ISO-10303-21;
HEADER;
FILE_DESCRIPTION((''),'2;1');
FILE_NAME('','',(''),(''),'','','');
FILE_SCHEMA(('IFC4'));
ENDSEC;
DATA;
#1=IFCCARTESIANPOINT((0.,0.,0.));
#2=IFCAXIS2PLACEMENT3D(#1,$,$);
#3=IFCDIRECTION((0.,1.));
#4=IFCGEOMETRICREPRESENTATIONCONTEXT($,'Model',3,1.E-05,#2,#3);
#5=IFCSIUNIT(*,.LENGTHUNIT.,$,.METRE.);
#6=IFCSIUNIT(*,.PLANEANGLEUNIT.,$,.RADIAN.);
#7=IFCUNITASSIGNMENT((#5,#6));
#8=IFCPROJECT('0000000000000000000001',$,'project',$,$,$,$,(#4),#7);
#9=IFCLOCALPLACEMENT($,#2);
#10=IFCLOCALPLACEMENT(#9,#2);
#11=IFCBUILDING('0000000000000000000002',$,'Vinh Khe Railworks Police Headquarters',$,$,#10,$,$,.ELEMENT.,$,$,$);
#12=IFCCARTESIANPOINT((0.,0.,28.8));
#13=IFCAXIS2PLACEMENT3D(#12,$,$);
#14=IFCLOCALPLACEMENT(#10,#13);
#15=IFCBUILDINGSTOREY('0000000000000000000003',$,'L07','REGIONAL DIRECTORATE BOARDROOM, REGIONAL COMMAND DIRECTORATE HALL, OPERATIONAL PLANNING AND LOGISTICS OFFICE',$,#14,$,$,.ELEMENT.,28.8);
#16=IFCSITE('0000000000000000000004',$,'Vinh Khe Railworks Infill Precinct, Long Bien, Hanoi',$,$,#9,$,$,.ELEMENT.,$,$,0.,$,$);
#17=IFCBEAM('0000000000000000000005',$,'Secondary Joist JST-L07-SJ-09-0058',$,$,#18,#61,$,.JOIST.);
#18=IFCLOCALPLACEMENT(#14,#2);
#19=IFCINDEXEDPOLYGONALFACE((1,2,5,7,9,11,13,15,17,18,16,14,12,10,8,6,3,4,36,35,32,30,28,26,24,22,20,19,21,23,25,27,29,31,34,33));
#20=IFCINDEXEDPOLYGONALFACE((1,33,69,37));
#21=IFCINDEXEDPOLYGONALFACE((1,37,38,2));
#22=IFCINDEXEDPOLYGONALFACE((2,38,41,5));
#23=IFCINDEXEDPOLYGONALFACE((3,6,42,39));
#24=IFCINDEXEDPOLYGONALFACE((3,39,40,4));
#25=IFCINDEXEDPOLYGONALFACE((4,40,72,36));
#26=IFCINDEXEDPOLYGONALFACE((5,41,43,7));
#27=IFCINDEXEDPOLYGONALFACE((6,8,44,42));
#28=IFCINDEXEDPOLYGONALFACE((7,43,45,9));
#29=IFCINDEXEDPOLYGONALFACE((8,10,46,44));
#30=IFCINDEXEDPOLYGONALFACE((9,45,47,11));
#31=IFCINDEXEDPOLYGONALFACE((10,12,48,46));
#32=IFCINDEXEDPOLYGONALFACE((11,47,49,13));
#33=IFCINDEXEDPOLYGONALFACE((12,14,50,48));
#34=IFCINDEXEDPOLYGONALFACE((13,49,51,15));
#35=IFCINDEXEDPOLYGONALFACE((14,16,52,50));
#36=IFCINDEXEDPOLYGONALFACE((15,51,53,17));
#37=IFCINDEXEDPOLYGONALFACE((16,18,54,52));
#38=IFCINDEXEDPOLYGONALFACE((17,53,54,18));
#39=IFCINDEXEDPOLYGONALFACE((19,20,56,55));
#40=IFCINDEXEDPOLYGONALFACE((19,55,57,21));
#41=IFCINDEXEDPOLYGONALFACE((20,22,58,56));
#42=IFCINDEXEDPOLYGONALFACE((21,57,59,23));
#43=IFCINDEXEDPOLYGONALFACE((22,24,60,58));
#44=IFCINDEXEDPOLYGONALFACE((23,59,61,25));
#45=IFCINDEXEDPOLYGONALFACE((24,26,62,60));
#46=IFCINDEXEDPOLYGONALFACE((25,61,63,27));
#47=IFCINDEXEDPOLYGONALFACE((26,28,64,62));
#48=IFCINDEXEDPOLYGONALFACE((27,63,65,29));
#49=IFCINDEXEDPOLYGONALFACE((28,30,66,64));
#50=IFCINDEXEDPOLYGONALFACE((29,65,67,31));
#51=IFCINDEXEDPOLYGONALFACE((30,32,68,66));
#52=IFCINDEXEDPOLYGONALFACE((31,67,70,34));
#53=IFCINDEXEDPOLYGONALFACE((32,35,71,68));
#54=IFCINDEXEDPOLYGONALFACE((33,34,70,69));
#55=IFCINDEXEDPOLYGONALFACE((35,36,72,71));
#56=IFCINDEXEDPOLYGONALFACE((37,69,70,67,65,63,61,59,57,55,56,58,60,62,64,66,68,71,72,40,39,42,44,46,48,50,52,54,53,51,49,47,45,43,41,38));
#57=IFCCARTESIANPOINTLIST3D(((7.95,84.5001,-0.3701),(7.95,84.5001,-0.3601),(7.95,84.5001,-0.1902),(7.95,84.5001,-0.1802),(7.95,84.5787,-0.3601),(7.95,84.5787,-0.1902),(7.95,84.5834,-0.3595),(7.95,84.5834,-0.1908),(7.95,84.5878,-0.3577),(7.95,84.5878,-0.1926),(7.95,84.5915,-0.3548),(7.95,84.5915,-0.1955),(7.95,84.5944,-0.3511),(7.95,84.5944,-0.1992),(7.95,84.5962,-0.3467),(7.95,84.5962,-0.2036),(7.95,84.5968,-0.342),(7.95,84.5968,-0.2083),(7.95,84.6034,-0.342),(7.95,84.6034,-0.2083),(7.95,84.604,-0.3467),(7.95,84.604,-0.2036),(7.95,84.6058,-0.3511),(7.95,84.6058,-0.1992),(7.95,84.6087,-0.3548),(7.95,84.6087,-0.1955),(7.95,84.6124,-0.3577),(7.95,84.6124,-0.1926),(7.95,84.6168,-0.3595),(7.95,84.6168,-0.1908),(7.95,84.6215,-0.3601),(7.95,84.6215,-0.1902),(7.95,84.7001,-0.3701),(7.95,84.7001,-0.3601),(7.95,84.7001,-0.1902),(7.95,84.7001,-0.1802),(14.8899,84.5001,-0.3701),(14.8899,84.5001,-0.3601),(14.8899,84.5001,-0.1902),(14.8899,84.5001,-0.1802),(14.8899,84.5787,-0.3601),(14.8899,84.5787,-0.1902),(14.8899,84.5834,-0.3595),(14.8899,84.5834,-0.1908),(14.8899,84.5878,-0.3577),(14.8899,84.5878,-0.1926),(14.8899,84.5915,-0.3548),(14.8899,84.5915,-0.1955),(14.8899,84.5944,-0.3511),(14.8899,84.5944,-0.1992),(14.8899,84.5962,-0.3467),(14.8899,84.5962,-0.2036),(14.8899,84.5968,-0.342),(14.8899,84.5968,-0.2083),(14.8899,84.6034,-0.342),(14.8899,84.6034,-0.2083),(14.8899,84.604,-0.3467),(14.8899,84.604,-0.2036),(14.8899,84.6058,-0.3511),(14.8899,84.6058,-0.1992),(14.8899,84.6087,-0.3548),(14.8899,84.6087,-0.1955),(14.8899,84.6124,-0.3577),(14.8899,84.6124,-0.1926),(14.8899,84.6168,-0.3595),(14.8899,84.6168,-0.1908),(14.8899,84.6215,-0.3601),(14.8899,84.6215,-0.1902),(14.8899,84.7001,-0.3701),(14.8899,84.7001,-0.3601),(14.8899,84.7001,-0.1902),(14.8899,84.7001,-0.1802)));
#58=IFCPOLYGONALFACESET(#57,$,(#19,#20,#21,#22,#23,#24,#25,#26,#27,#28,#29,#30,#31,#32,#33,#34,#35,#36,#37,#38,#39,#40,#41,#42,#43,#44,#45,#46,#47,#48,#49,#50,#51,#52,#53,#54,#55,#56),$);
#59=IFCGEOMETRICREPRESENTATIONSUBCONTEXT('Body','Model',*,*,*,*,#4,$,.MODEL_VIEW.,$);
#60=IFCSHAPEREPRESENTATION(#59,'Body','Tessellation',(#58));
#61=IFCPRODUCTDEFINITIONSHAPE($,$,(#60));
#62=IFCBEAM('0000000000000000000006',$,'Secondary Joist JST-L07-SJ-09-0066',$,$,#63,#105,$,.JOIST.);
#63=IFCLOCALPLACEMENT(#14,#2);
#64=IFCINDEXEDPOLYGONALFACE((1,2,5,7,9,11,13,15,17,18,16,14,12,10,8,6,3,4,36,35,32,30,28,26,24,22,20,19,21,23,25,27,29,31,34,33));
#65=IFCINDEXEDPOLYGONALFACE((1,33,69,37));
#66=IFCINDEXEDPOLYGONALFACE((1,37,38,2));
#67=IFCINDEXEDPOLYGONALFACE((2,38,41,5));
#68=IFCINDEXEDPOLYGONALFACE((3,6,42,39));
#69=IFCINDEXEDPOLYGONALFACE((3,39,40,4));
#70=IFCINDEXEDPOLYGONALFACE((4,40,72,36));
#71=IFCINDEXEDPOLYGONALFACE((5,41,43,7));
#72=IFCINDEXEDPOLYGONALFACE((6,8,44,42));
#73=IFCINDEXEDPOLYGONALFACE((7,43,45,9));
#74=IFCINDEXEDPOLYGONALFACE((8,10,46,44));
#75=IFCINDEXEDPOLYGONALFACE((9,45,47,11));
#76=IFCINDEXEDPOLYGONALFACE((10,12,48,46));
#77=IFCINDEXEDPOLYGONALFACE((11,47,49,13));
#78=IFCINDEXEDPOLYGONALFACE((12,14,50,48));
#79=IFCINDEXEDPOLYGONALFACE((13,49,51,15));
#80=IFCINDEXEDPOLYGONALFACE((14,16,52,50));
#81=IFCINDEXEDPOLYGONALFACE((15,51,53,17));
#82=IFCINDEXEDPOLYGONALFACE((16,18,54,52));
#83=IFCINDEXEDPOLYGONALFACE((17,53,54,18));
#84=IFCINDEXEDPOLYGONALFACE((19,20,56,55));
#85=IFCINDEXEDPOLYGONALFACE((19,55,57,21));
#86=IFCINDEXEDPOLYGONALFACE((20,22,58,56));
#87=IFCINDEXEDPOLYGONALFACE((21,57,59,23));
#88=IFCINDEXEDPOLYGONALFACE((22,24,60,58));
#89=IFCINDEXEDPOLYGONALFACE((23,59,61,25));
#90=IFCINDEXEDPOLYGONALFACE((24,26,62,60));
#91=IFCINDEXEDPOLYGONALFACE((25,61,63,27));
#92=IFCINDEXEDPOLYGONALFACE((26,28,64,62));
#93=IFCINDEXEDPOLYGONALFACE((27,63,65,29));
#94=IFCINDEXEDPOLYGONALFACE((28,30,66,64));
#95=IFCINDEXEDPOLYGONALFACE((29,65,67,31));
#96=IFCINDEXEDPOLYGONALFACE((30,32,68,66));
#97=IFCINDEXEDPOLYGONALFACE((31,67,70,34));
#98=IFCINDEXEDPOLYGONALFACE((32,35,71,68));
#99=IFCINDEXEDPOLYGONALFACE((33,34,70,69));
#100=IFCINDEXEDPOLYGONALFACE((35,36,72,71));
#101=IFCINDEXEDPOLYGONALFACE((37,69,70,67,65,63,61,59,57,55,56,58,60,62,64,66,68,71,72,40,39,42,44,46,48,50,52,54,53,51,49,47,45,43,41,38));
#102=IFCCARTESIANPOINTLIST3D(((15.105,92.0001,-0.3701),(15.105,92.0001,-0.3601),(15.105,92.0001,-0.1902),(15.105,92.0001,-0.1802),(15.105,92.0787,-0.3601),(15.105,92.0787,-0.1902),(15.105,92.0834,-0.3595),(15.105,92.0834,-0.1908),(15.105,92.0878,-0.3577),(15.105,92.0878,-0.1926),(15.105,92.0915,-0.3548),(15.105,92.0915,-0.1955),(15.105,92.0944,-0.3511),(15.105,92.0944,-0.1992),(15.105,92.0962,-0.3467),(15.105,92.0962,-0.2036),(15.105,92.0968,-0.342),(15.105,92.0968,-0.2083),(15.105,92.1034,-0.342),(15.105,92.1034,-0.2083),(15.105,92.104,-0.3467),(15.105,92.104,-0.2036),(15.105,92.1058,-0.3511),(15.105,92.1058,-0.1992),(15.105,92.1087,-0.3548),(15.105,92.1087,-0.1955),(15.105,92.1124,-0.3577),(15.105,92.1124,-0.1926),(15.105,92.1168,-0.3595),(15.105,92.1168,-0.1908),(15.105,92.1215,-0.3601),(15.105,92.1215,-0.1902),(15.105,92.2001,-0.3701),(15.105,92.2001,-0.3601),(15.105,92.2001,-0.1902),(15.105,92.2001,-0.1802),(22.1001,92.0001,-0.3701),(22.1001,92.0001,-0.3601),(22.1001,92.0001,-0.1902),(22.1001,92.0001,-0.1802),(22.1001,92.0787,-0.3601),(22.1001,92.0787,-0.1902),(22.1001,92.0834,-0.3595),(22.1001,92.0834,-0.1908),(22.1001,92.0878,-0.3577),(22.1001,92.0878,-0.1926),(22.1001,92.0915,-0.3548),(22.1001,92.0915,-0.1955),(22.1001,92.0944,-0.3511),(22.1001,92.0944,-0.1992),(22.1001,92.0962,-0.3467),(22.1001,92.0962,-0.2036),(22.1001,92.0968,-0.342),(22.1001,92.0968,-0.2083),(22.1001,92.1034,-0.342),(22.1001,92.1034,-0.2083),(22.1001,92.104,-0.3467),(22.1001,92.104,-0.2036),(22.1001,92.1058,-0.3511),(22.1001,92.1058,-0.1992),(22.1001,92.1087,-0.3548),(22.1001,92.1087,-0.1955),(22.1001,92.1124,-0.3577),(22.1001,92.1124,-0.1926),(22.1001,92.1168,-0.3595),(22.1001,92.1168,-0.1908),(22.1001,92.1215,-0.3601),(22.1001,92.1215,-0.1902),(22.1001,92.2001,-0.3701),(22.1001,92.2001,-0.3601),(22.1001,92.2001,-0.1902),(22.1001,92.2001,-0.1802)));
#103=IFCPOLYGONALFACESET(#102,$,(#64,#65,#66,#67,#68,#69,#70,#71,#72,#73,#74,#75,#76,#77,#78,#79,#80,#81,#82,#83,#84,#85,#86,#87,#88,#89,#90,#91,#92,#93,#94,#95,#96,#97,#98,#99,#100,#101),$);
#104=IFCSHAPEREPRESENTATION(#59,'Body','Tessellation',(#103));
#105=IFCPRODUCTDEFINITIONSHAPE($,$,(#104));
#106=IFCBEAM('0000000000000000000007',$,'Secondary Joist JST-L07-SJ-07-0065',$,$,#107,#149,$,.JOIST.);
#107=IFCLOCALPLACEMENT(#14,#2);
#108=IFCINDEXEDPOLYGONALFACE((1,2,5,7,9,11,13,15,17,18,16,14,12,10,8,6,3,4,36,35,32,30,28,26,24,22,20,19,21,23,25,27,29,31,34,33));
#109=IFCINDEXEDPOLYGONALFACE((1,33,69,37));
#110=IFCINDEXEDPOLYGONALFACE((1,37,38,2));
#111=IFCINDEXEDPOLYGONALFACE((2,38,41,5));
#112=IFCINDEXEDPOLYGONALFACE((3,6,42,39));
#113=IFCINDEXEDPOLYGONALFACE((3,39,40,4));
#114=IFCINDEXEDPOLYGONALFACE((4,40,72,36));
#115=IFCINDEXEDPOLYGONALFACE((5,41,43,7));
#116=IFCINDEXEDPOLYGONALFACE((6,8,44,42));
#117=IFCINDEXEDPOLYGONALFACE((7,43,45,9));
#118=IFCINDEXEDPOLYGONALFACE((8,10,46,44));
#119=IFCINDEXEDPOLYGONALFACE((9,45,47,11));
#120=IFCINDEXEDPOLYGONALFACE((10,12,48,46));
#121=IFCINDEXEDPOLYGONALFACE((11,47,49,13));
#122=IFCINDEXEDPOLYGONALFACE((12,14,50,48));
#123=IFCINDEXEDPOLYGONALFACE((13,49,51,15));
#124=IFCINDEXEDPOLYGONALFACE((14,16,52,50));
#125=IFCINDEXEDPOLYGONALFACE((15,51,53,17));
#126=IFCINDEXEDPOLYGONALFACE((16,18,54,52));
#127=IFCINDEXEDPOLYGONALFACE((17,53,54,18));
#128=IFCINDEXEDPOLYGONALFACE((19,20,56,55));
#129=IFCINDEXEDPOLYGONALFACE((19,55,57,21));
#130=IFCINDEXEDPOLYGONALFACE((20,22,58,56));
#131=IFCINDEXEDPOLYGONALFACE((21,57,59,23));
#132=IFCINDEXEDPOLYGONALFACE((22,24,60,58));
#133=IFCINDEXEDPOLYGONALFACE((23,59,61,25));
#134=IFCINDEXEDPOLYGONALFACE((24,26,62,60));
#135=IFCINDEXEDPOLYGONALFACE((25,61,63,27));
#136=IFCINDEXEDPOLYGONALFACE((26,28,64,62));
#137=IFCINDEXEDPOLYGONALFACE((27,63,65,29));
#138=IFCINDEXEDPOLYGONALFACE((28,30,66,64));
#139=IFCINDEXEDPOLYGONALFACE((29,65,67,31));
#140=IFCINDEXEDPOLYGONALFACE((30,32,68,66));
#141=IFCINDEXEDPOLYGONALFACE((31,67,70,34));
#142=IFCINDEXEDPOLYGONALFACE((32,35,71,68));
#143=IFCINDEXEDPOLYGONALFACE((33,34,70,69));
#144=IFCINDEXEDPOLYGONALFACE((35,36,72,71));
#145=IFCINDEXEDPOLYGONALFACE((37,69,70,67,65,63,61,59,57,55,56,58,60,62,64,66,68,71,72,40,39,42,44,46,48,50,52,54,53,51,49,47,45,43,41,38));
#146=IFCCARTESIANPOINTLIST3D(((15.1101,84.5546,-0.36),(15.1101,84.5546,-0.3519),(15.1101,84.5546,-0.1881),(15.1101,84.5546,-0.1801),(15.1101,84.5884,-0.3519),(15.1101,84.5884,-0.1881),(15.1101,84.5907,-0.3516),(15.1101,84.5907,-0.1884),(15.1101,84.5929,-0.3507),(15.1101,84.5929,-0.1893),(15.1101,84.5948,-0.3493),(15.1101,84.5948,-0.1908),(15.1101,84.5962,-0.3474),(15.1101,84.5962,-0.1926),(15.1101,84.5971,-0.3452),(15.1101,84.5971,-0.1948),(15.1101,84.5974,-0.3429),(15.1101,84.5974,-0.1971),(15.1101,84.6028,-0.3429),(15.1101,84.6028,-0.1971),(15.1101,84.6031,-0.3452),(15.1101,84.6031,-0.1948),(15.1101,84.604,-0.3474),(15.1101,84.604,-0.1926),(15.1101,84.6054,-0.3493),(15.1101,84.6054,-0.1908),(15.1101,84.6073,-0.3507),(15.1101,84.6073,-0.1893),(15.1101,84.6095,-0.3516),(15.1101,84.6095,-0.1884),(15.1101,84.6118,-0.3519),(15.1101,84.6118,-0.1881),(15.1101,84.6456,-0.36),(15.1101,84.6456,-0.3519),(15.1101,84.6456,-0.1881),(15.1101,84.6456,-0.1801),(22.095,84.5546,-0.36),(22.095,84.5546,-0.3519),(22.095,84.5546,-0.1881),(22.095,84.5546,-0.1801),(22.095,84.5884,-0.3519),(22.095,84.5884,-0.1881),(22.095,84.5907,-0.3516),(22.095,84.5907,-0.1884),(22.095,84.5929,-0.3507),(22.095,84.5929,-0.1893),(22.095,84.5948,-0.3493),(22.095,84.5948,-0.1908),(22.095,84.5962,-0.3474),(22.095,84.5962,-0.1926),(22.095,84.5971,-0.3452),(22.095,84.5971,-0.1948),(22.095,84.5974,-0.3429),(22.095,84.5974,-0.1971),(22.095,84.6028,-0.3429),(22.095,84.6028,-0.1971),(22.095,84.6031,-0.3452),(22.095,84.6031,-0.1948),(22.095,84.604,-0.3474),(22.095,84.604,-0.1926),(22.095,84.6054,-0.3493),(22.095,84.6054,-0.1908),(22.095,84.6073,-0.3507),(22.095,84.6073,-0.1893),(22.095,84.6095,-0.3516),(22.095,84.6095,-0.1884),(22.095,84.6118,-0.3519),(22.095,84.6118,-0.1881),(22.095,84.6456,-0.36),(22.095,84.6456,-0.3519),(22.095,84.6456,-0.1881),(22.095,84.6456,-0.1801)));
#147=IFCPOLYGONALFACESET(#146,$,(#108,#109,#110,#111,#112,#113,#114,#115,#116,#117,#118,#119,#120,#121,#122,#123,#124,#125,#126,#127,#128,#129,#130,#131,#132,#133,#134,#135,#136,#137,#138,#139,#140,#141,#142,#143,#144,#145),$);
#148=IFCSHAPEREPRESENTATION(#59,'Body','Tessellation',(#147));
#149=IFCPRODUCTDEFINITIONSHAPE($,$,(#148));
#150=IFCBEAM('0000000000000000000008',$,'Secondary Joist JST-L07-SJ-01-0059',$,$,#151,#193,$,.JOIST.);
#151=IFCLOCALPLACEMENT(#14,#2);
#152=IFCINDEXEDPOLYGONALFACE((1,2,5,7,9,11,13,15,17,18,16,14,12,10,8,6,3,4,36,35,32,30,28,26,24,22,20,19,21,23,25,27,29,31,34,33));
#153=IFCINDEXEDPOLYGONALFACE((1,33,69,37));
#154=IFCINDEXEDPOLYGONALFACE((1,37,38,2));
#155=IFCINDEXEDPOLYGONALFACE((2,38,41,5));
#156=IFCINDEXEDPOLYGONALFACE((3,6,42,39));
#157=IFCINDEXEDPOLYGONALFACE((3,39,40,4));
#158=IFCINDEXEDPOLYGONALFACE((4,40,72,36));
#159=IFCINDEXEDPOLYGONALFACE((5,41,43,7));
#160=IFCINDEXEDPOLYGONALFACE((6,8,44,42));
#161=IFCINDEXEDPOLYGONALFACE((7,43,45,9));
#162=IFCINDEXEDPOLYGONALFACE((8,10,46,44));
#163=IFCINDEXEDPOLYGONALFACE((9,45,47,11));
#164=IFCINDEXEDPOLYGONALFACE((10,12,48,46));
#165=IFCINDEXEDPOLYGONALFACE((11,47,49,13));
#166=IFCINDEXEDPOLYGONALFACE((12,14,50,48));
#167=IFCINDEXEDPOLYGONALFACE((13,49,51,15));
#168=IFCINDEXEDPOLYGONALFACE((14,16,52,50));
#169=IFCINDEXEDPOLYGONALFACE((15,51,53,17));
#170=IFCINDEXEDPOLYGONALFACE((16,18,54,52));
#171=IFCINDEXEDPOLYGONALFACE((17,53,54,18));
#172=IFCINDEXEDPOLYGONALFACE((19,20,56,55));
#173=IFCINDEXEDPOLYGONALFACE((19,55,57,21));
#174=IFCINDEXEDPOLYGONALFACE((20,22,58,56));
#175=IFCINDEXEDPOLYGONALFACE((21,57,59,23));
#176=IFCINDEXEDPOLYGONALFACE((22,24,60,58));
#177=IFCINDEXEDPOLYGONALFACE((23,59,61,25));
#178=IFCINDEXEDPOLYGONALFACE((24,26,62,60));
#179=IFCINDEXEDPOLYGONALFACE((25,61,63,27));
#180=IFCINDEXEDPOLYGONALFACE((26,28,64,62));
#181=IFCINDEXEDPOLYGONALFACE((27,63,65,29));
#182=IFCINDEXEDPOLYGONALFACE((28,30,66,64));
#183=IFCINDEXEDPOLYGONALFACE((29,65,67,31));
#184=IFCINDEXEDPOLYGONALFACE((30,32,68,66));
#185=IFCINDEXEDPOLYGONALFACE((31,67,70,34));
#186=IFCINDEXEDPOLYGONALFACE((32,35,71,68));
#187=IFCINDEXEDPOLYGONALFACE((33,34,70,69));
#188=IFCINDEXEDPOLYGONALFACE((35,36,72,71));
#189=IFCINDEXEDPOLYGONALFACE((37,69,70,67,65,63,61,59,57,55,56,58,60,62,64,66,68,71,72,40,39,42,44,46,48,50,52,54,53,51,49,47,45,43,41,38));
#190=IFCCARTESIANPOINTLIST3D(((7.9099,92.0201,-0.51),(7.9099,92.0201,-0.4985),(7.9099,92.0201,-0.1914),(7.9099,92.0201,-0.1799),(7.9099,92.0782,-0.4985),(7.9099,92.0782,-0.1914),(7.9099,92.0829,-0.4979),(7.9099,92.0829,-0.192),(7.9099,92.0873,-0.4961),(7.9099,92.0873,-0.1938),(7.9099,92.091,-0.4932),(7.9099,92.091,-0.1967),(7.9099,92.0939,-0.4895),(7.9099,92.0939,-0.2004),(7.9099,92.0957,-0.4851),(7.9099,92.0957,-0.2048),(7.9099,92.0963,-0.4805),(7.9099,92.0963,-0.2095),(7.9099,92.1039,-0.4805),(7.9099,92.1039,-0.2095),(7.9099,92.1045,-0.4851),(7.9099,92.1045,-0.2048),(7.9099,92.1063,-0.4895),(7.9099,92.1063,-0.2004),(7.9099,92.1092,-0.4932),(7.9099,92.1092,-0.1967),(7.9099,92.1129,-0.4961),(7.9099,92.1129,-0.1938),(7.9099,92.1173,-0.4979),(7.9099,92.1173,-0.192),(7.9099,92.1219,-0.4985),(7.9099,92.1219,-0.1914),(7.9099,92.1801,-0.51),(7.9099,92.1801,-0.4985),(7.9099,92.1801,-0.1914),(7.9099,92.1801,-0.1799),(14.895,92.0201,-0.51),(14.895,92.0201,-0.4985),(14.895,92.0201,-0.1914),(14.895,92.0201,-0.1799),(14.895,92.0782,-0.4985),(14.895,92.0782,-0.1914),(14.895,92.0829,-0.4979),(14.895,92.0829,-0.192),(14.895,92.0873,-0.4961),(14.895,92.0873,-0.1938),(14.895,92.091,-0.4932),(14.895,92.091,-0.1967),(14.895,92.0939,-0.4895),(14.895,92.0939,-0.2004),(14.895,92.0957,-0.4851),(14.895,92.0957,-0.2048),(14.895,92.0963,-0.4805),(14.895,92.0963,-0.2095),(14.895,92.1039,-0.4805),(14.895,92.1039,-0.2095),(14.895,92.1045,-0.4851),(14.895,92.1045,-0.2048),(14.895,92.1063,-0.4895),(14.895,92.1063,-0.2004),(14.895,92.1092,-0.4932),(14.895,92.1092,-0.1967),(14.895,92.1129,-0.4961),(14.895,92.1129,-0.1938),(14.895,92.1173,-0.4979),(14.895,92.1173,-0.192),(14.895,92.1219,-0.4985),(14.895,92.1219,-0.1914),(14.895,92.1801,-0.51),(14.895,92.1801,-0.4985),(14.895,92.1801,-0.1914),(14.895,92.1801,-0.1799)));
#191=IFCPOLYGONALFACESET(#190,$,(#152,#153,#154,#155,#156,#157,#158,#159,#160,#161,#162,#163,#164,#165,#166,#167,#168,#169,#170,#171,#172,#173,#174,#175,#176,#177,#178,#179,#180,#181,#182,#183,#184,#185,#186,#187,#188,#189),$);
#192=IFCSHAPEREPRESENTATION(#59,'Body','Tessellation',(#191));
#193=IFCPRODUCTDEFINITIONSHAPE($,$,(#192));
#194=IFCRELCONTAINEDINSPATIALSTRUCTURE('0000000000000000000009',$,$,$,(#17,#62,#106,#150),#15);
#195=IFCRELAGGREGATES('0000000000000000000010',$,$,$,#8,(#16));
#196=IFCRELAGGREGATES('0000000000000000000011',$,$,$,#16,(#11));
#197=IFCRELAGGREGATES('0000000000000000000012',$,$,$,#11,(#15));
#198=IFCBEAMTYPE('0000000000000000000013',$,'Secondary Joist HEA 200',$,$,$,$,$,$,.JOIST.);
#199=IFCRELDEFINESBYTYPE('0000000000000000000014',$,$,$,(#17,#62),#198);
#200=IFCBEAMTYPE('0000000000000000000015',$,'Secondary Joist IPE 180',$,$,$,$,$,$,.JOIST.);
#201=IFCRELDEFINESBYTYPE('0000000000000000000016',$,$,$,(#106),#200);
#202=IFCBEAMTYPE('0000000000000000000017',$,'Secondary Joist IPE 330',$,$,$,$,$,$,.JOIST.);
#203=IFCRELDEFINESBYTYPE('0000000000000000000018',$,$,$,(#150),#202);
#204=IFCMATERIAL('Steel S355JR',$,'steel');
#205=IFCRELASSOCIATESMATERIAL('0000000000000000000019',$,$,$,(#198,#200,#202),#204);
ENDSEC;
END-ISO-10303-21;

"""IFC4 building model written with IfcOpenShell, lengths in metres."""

from ifc_helpers import new_model, si_unit, direction, frame, origin, origin_2d, place, context, subcontext, project, spatial, i_section, extrude, material, material_profile, profile_set, type_object, element, save


model = new_model("IFC4")

# Units and contexts
model_context = context("Model", 3, precision=1e-05, world=origin(), true_north=direction((0.0, 1.0)))
body_context = subcontext(model_context, "Body", "Model", "MODEL_VIEW")
ifc_project = project(units=[si_unit("LENGTHUNIT", "METRE"), si_unit("PLANEANGLEUNIT", "RADIAN")], contexts=[model_context])

# Site, building, storey
site_placement = place(None, origin())
site = spatial("IfcSite", under=ifc_project, at=site_placement, Name="Vinh Khe Railworks Infill Precinct, Long Bien, Hanoi", CompositionType="ELEMENT", RefElevation=0.0)
building_placement = place(site_placement, origin())
building = spatial("IfcBuilding", under=site, at=building_placement, Name="Vinh Khe Railworks Police Headquarters", CompositionType="ELEMENT")
storey_placement = place(building_placement, frame((0.0, 0.0, 28.8)))
storey = spatial("IfcBuildingStorey", under=building, at=storey_placement, Name="L07", Description="REGIONAL DIRECTORATE BOARDROOM, REGIONAL COMMAND DIRECTORATE HALL, OPERATIONAL PLANNING AND LOGISTICS OFFICE", CompositionType="ELEMENT", Elevation=28.8)

# Shared definitions
ifc_material_1 = material(Name="Steel S355JR", Category="steel")

# Beams
ifc_material_profile_1 = material_profile(ifc_material_1, i_section(OverallWidth=0.2, OverallDepth=0.1899, WebThickness=0.0066, FlangeThickness=0.01, FilletRadius=0.0181, at=origin_2d()), Name="HEA 200")
ifc_profile_set_1 = profile_set([ifc_material_profile_1], Name="Steel S355JR")
beam_type_1 = type_object("IfcBeamType", Name="Secondary Joist HEA 200", PredefinedType="JOIST", material=ifc_profile_set_1)
beam_1_placement = place(storey_placement, frame((7.95, 84.6001, -0.2751), z_axis=(1.0, 0.0, 0.0), x_axis=(0.0, 1.0, 0.0)))
element("IfcBeam", 1, at=beam_1_placement, inside=storey, type_object=beam_type_1, Name="Secondary Joist JST-L07-SJ-09-0058", PredefinedType="JOIST", context=body_context, shape_type="SweptSolid", body=[
    extrude(i_section(OverallWidth=0.2, OverallDepth=0.1899, WebThickness=0.0066, FlangeThickness=0.01, FilletRadius=0.0181, at=origin_2d()), origin(), (0.0, 0.0, 1.0), 6.9399),
])
beam_2_placement = place(storey_placement, frame((15.105, 92.1001, -0.2751), z_axis=(1.0, 0.0, 0.0), x_axis=(0.0, 1.0, 0.0)))
element("IfcBeam", 2, at=beam_2_placement, inside=storey, type_object=beam_type_1, Name="Secondary Joist JST-L07-SJ-09-0066", PredefinedType="JOIST", context=body_context, shape_type="SweptSolid", body=[
    extrude(i_section(OverallWidth=0.2, OverallDepth=0.1899, WebThickness=0.0066, FlangeThickness=0.01, FilletRadius=0.0181, at=origin_2d()), origin(), (0.0, 0.0, 1.0), 6.9951),
])
ifc_material_profile_2 = material_profile(ifc_material_1, i_section(OverallWidth=0.0911, OverallDepth=0.1799, WebThickness=0.0054, FlangeThickness=0.0081, FilletRadius=0.009, at=origin_2d()), Name="IPE 180")
ifc_profile_set_2 = profile_set([ifc_material_profile_2], Name="Steel S355JR")
beam_type_2 = type_object("IfcBeamType", Name="Secondary Joist IPE 180", PredefinedType="JOIST", material=ifc_profile_set_2)
beam_3_placement = place(storey_placement, frame((15.1101, 84.6001, -0.27), z_axis=(1.0, 0.0, 0.0), x_axis=(0.0, 1.0, 0.0)))
element("IfcBeam", 3, at=beam_3_placement, inside=storey, type_object=beam_type_2, Name="Secondary Joist JST-L07-SJ-07-0065", PredefinedType="JOIST", context=body_context, shape_type="SweptSolid", body=[
    extrude(i_section(OverallWidth=0.0911, OverallDepth=0.1799, WebThickness=0.0054, FlangeThickness=0.0081, FilletRadius=0.009, at=origin_2d()), origin(), (0.0, 0.0, 1.0), 6.9849),
])
ifc_material_profile_3 = material_profile(ifc_material_1, i_section(OverallWidth=0.1599, OverallDepth=0.3301, WebThickness=0.0076, FlangeThickness=0.0115, FilletRadius=0.0181, at=origin_2d()), Name="IPE 330")
ifc_profile_set_3 = profile_set([ifc_material_profile_3], Name="Steel S355JR")
beam_type_3 = type_object("IfcBeamType", Name="Secondary Joist IPE 330", PredefinedType="JOIST", material=ifc_profile_set_3)
beam_4_placement = place(storey_placement, frame((7.9099, 92.1001, -0.345), z_axis=(1.0, 0.0, 0.0), x_axis=(0.0, 1.0, 0.0)))
element("IfcBeam", 4, at=beam_4_placement, inside=storey, type_object=beam_type_3, Name="Secondary Joist JST-L07-SJ-01-0059", PredefinedType="JOIST", context=body_context, shape_type="SweptSolid", body=[
    extrude(i_section(OverallWidth=0.1599, OverallDepth=0.3301, WebThickness=0.0076, FlangeThickness=0.0115, FilletRadius=0.0181, at=origin_2d()), origin(), (0.0, 0.0, 1.0), 6.9851),
])

save(model, "model.ifc")
